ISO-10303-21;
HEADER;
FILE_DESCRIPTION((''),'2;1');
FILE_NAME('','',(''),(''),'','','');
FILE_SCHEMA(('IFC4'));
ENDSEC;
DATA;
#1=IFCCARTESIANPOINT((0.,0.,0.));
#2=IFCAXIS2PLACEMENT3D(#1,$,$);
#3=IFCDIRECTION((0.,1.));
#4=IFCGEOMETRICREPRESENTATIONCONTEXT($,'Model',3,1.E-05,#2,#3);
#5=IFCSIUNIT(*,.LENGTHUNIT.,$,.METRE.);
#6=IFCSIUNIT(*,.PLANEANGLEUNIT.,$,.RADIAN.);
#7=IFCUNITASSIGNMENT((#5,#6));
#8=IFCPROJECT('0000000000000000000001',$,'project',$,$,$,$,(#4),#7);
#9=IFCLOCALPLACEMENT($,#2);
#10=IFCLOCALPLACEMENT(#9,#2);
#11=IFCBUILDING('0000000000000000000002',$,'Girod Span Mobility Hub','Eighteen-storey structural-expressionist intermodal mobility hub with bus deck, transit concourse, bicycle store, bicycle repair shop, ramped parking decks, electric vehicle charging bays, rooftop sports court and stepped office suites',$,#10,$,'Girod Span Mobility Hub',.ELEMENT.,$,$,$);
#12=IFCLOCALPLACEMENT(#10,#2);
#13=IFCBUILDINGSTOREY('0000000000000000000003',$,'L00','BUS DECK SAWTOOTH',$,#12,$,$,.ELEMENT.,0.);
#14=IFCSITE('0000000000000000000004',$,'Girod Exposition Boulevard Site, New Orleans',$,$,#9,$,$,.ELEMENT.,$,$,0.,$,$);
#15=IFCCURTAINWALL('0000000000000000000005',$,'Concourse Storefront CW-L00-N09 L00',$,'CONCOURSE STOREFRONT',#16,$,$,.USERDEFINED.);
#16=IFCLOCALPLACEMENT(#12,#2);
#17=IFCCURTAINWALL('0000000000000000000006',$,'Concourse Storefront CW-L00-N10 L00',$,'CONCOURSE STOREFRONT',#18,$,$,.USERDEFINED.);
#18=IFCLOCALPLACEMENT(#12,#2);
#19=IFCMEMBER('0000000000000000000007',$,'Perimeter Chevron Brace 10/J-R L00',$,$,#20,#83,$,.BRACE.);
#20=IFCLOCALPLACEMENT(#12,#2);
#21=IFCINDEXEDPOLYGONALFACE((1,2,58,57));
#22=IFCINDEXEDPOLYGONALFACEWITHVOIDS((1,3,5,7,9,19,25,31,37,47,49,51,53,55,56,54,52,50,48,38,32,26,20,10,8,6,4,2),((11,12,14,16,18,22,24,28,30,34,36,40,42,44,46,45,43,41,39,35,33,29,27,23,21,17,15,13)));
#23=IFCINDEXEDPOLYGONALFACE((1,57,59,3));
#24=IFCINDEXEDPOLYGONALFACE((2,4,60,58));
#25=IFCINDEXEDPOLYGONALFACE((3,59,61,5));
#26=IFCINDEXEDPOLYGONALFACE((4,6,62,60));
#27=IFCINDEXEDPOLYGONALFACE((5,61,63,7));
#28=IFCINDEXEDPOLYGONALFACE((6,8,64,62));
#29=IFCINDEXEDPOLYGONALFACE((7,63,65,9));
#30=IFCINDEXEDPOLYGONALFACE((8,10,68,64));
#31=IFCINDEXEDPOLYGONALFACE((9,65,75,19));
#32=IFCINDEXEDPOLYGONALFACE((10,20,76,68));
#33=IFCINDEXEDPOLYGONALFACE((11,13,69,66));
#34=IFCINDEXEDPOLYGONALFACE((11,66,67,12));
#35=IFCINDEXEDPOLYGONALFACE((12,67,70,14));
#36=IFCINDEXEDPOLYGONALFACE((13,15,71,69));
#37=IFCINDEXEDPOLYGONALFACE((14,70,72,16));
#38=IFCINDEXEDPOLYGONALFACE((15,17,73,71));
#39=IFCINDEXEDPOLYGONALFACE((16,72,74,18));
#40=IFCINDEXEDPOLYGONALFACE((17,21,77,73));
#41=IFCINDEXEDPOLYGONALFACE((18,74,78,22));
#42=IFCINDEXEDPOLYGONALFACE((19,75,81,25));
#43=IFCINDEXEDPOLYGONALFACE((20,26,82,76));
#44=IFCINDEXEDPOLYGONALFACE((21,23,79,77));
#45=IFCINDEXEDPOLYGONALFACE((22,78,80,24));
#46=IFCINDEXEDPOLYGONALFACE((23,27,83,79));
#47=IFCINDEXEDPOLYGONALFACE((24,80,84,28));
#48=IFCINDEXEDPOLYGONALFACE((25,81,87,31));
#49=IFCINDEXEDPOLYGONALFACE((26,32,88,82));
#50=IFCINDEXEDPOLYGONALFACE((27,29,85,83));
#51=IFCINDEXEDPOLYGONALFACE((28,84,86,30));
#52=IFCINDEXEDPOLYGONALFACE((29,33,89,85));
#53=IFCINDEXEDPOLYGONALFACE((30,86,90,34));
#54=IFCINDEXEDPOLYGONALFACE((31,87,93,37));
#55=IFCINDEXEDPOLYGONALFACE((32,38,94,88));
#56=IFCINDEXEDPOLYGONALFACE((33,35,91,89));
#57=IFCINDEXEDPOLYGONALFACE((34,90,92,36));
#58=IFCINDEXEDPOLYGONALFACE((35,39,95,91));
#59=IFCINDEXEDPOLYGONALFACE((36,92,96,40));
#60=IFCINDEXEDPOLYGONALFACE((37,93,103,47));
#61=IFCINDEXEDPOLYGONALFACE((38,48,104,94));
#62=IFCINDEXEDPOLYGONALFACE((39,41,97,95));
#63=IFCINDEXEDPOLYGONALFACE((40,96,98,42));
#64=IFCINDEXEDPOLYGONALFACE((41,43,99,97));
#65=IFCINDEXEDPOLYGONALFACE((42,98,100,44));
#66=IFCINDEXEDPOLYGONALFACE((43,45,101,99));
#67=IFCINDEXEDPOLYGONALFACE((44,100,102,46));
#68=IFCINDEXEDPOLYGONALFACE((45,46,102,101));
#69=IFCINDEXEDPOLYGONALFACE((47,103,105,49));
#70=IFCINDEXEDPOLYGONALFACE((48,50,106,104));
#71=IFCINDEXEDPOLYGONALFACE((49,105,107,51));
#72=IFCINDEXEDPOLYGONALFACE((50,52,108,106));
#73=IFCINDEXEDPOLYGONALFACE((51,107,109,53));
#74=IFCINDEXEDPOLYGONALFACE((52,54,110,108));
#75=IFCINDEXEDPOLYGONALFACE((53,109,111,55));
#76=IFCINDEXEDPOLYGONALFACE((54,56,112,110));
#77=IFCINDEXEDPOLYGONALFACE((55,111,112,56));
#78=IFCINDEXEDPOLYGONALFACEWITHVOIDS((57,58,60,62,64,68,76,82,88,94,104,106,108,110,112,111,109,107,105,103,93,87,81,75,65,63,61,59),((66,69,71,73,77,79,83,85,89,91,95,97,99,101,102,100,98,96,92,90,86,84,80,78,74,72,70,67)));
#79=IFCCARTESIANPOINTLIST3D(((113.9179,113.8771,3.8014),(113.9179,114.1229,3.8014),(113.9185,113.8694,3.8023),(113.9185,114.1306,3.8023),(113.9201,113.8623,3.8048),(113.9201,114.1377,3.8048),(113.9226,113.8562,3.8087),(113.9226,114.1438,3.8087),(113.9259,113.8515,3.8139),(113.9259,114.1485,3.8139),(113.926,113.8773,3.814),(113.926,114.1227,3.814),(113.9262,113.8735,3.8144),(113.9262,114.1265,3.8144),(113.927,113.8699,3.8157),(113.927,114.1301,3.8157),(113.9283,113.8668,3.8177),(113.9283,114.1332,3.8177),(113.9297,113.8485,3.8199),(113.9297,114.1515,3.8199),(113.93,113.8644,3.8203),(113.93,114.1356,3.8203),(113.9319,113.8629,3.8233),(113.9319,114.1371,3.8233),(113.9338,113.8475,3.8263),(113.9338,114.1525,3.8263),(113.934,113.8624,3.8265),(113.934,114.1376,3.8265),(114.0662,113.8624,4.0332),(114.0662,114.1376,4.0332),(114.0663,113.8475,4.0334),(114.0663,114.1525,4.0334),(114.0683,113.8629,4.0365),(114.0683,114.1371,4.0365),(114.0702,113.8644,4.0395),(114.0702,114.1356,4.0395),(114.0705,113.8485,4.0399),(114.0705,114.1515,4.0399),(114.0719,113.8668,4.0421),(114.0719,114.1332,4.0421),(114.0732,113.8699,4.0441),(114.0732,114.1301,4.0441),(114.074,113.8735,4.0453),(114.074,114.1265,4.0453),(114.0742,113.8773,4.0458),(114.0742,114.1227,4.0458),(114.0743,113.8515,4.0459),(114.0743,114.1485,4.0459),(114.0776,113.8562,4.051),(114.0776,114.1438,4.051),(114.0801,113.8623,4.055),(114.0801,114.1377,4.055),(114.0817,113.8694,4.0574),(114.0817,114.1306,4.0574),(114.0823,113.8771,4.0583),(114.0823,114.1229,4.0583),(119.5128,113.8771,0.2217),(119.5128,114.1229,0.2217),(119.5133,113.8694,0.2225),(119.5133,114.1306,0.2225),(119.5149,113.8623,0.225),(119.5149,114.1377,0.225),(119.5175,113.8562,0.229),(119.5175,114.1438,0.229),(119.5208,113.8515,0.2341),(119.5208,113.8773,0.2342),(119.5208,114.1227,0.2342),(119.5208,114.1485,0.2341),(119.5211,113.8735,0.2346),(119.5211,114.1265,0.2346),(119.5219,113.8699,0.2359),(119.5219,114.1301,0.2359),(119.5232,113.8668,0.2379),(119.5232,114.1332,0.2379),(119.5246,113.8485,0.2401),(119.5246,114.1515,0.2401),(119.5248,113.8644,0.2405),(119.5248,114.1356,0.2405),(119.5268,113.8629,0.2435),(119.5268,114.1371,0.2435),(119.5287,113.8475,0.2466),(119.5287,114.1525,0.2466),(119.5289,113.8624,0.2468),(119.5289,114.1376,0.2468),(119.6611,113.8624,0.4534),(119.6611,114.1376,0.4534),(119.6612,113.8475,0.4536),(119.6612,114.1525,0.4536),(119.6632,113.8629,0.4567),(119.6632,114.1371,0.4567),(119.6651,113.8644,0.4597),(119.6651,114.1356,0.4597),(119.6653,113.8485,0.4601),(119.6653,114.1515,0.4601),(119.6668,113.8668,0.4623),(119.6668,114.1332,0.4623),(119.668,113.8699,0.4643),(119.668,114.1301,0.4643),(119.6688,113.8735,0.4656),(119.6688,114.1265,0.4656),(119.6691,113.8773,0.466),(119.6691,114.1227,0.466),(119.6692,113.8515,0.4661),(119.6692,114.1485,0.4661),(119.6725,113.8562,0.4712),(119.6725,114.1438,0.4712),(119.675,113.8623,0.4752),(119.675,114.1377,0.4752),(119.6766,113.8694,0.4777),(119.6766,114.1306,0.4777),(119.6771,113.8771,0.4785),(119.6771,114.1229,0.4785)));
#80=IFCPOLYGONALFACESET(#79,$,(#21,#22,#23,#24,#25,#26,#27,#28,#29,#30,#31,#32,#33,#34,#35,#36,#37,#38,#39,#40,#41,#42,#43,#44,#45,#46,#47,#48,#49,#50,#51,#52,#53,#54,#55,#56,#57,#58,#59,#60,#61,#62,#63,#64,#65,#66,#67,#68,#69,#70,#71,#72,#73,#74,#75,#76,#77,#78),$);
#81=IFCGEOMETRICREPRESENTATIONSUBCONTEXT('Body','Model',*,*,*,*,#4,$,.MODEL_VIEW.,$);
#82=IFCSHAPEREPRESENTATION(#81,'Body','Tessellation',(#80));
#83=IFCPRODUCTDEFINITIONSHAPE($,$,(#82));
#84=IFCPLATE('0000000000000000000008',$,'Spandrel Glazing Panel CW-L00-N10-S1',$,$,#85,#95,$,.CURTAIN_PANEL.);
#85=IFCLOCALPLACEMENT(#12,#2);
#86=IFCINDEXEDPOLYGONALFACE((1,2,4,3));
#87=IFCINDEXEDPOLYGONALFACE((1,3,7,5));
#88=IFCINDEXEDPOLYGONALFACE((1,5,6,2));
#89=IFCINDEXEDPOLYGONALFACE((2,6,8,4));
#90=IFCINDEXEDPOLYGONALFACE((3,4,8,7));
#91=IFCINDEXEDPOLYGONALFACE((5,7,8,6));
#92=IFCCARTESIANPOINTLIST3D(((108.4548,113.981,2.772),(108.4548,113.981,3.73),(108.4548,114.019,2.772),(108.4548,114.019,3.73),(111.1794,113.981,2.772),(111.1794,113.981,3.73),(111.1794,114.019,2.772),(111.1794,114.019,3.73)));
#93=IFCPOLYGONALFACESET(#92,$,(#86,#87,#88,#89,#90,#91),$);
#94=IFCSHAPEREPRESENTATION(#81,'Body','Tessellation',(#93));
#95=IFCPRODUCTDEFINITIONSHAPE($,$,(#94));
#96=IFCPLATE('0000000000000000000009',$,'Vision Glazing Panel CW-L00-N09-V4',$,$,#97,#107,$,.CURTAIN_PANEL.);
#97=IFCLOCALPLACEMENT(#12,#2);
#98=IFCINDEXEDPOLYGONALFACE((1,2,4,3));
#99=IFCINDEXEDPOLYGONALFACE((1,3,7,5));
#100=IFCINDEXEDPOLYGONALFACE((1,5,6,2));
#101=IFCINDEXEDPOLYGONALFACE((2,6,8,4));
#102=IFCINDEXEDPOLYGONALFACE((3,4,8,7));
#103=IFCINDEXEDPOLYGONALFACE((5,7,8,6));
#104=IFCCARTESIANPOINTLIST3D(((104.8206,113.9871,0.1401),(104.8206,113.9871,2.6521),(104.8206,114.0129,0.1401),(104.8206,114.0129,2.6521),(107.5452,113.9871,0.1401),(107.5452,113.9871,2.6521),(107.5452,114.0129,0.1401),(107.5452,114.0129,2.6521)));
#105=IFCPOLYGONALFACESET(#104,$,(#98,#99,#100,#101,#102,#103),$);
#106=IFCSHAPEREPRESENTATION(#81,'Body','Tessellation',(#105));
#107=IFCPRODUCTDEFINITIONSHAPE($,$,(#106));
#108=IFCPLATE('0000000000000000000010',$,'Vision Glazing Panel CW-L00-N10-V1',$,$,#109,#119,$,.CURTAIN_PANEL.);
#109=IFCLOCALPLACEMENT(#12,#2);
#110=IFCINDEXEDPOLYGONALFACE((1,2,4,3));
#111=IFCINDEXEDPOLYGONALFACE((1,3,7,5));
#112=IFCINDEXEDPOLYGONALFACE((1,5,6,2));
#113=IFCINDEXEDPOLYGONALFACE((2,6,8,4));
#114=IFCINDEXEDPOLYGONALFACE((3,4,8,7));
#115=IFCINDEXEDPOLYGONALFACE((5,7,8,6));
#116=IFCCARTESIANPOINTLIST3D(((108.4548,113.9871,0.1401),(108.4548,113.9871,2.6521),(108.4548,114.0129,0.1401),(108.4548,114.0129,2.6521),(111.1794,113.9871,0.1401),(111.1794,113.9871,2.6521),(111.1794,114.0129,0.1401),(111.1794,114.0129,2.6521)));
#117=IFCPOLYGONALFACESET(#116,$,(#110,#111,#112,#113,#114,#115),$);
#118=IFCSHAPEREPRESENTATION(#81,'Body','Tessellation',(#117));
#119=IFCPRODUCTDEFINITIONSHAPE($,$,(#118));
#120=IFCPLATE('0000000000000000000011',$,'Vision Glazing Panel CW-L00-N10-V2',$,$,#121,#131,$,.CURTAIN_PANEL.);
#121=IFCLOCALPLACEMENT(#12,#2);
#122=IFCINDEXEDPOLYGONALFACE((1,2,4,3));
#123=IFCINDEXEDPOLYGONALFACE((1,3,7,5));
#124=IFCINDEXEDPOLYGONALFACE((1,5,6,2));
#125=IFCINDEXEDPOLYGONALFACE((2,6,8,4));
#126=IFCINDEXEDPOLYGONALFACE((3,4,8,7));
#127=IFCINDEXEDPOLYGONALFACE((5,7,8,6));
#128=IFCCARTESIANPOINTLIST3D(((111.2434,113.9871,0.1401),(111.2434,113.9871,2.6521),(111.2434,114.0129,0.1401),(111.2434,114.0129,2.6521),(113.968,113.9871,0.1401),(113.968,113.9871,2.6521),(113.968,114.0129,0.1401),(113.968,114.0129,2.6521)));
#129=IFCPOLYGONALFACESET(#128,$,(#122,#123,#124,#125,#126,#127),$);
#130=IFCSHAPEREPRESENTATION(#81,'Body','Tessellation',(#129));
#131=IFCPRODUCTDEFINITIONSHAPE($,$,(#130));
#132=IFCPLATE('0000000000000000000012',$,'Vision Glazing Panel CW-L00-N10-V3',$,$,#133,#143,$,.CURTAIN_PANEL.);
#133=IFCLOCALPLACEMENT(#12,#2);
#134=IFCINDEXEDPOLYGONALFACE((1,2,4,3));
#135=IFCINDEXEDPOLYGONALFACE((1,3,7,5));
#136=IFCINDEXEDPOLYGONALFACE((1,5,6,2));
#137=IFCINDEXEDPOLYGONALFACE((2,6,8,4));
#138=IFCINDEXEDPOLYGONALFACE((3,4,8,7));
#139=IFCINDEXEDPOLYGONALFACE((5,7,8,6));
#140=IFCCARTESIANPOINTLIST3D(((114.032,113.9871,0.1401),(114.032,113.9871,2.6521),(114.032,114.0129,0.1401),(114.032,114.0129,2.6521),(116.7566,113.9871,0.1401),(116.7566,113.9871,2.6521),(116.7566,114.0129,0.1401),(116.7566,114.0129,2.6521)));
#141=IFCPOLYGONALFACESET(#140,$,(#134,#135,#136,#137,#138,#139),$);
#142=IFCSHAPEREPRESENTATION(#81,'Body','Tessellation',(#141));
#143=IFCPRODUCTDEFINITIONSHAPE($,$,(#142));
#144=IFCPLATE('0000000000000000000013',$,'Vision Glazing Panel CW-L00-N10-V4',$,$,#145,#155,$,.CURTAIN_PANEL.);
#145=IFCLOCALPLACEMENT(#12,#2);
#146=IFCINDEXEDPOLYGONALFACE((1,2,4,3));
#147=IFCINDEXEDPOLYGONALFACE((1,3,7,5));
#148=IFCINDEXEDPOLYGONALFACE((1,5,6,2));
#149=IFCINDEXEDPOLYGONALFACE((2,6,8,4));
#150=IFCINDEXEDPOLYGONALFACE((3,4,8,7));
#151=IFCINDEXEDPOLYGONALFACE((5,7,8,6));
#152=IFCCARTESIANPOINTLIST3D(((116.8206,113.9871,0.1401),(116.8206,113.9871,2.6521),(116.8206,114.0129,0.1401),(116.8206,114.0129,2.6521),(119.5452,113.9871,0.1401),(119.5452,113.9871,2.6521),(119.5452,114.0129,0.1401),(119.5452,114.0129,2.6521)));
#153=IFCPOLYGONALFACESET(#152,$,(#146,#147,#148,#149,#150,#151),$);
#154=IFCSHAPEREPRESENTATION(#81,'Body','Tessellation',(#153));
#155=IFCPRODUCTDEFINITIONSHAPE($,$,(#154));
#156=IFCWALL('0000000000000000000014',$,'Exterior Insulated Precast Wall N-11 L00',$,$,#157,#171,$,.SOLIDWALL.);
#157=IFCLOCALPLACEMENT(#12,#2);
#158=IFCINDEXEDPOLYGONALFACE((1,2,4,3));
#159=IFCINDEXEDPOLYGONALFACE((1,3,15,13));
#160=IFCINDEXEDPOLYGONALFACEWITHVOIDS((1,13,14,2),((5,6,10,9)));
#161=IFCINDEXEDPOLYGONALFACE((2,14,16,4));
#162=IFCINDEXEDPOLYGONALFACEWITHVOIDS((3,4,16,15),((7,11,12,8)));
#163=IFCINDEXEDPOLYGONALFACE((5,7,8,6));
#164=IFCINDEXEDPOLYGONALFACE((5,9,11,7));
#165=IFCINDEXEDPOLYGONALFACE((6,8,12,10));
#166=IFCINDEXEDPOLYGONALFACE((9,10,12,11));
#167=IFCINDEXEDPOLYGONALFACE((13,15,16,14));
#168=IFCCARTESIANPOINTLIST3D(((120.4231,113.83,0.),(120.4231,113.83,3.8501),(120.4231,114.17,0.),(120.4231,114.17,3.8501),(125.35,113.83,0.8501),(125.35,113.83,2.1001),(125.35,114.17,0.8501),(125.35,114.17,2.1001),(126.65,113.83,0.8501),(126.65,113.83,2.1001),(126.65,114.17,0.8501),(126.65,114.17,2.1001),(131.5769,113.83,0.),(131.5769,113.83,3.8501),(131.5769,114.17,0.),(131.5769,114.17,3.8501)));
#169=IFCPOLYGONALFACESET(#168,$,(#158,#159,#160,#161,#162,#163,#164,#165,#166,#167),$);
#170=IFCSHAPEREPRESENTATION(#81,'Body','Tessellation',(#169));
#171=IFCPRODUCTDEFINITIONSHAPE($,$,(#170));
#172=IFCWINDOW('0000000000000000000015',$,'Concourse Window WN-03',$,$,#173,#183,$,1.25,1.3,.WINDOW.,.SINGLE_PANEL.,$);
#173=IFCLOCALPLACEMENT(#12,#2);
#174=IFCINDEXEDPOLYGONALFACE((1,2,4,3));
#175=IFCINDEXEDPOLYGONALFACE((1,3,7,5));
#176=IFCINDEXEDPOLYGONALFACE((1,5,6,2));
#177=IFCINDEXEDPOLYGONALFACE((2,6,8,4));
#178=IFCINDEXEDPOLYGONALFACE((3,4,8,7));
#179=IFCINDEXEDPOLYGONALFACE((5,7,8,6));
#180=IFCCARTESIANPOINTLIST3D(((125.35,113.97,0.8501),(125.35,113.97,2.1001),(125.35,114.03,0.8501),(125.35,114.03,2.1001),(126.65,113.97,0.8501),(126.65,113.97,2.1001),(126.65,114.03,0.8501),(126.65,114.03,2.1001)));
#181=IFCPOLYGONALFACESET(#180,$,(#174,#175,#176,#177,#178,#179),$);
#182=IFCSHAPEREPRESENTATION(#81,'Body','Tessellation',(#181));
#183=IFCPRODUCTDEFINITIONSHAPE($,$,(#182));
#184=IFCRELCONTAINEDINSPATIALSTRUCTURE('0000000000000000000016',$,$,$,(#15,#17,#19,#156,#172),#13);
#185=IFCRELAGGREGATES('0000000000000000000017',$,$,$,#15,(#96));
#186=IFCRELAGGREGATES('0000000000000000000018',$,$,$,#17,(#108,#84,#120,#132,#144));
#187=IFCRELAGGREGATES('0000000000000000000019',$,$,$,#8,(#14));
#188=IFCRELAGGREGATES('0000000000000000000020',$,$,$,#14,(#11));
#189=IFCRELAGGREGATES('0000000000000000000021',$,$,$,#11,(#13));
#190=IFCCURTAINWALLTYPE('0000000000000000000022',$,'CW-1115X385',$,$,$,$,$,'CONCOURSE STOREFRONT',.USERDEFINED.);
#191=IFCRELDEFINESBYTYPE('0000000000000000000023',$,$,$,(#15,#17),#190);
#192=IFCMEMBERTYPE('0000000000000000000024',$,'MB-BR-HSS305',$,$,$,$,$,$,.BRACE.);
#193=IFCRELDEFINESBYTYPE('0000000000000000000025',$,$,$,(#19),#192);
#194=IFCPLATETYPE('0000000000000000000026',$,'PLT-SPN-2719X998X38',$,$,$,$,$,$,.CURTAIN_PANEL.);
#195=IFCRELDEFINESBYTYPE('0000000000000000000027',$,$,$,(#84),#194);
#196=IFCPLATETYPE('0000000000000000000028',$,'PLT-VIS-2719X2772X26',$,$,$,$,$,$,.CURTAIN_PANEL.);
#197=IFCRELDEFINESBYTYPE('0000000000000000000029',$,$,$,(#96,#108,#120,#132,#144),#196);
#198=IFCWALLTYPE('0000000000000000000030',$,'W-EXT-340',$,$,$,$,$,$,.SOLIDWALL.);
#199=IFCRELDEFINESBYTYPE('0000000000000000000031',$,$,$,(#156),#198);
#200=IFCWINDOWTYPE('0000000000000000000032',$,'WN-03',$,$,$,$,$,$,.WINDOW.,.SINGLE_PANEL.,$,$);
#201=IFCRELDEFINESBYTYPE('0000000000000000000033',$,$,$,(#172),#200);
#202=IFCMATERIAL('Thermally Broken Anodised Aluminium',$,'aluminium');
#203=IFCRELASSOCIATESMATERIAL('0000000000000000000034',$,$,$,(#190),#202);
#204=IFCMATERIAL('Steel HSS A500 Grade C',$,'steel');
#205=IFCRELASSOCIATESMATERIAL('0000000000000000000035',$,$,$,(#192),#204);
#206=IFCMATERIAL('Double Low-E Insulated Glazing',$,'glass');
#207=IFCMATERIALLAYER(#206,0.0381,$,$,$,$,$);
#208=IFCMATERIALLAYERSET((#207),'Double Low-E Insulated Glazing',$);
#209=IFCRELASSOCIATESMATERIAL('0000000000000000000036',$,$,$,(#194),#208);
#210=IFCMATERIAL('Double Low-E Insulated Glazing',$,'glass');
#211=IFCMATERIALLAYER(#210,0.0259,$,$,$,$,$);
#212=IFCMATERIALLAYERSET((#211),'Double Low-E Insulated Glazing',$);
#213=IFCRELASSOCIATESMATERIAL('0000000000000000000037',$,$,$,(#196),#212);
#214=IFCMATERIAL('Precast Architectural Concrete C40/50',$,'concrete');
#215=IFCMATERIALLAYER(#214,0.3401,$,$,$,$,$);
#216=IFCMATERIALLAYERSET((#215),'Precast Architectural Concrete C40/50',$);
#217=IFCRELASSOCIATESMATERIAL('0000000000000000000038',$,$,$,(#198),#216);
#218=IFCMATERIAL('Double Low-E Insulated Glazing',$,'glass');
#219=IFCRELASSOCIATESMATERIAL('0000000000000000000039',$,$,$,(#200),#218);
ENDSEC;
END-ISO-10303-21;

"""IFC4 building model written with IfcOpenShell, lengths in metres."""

from ifc_helpers import new_model, si_unit, direction, frame, frame_2d, origin, origin_2d, place, context, subcontext, project, spatial, rectangle, hollow_rectangle, extrude, material, layer, layer_set, material_profile, profile_set, type_object, element, fill, aggregate, save


model = new_model("IFC4")

# Units and contexts
model_context = context("Model", 3, precision=1e-05, world=origin(), true_north=direction((0.0, 1.0)))
body_context = subcontext(model_context, "Body", "Model", "MODEL_VIEW")
ifc_project = project(units=[si_unit("LENGTHUNIT", "METRE"), si_unit("PLANEANGLEUNIT", "RADIAN")], contexts=[model_context])

# Site, building, storey
site_placement = place(None, origin())
site = spatial("IfcSite", under=ifc_project, at=site_placement, Name="Girod Exposition Boulevard Site, New Orleans", CompositionType="ELEMENT", RefElevation=0.0)
building_placement = place(site_placement, origin())
building = spatial("IfcBuilding", under=site, at=building_placement, Name="Girod Span Mobility Hub", Description="Eighteen-storey structural-expressionist intermodal mobility hub with bus deck, transit concourse, bicycle store, bicycle repair shop, ramped parking decks, electric vehicle charging bays, rooftop sports court and stepped office suites", LongName="Girod Span Mobility Hub", CompositionType="ELEMENT")
storey_placement = place(building_placement, origin())
storey = spatial("IfcBuildingStorey", under=building, at=storey_placement, Name="L00", Description="BUS DECK SAWTOOTH", CompositionType="ELEMENT", Elevation=0.0)

# Curtain wall
ifc_material_1 = material(Name="Thermally Broken Anodised Aluminium", Category="aluminium")
curtain_wall_type = type_object("IfcCurtainWallType", Name="CW-1115X385", ElementType="CONCOURSE STOREFRONT", PredefinedType="USERDEFINED", material=ifc_material_1)
curtain_wall_1_placement = place(storey_placement, origin())
curtain_wall_1 = element("IfcCurtainWall", 1, at=curtain_wall_1_placement, inside=storey, type_object=curtain_wall_type, Name="Concourse Storefront CW-L00-N09 L00", ObjectType="CONCOURSE STOREFRONT", PredefinedType="USERDEFINED")

# Curtain wall
curtain_wall_2_placement = place(storey_placement, origin())
curtain_wall_2 = element("IfcCurtainWall", 2, at=curtain_wall_2_placement, inside=storey, type_object=curtain_wall_type, Name="Concourse Storefront CW-L00-N10 L00", ObjectType="CONCOURSE STOREFRONT", PredefinedType="USERDEFINED")

# Member
ifc_material_2 = material(Name="Steel HSS A500 Grade C", Category="steel")
ifc_material_profile_1 = material_profile(ifc_material_2, hollow_rectangle(XDim=0.3049, YDim=0.3049, WallThickness=0.0149, InnerFilletRadius=0.0149, OuterFilletRadius=0.0295, at=origin_2d()), Name="HSS305X305X16")
ifc_profile_set_1 = profile_set([ifc_material_profile_1], Name="Steel HSS A500 Grade C")
member_type_1 = type_object("IfcMemberType", Name="MB-BR-HSS305", PredefinedType="BRACE", material=ifc_profile_set_1)
for number, where, z_axis, x_axis, name in (
    (3, (119.595, 114.0, 0.3501), (-0.842336, 0.0, 0.538953), (0.0, -1.0, 0.0), "Perimeter Chevron Brace 10/J-R L00"),
):
    element("IfcMember", number, at=place(storey_placement, frame(where, z_axis=z_axis, x_axis=x_axis)), inside=storey, type_object=member_type_1, Name=name, PredefinedType="BRACE", context=body_context, shape_type="SweptSolid", body=[
        extrude(hollow_rectangle(XDim=0.3049, YDim=0.3049, WallThickness=0.0149, InnerFilletRadius=0.0149, OuterFilletRadius=0.0295, at=origin_2d()), origin(), (0.0, 0.0, 1.0), 6.6421),
    ])

# Plates
ifc_material_3 = material(Name="Double Low-E Insulated Glazing", Category="glass")
ifc_layer_1 = layer(ifc_material_3, 0.0381)
ifc_layer_set_1 = layer_set([ifc_layer_1], Name="Double Low-E Insulated Glazing")
plate_type_1 = type_object("IfcPlateType", Name="PLT-SPN-2719X998X38", PredefinedType="CURTAIN_PANEL", material=ifc_layer_set_1)
plate_1_placement = place(storey_placement, frame((109.8171, 114.0, 2.772), z_axis=(0.0, 0.0, 1.0), x_axis=(1.0, 0.0, 0.0)))
plate_1 = element("IfcPlate", 4, at=plate_1_placement, type_object=plate_type_1, Name="Spandrel Glazing Panel CW-L00-N10-S1", PredefinedType="CURTAIN_PANEL", context=body_context, shape_type="SweptSolid", body=[
    extrude(rectangle(XDim=2.7246, YDim=0.0381, at=origin_2d()), origin(), (0.0, 0.0, 1.0), 0.958),
])
ifc_material_4 = material(Name="Double Low-E Insulated Glazing", Category="glass")
ifc_layer_2 = layer(ifc_material_4, 0.0259)
ifc_layer_set_2 = layer_set([ifc_layer_2], Name="Double Low-E Insulated Glazing")
plate_type_2 = type_object("IfcPlateType", Name="PLT-VIS-2719X2772X26", PredefinedType="CURTAIN_PANEL", material=ifc_layer_set_2)
plate_2_placement = place(storey_placement, frame((106.1829, 114.0, 0.1401), z_axis=(0.0, 0.0, 1.0), x_axis=(1.0, 0.0, 0.0)))
plate_2 = element("IfcPlate", 5, at=plate_2_placement, type_object=plate_type_2, Name="Vision Glazing Panel CW-L00-N09-V4", PredefinedType="CURTAIN_PANEL", context=body_context, shape_type="SweptSolid", body=[
    extrude(rectangle(XDim=2.7246, YDim=0.0259, at=origin_2d()), origin(), (0.0, 0.0, 1.0), 2.512),
])
aggregate(curtain_wall_1, [plate_2])
plate_3_placement = place(storey_placement, frame((109.8171, 114.0, 0.1401), z_axis=(0.0, 0.0, 1.0), x_axis=(1.0, 0.0, 0.0)))
plate_3 = element("IfcPlate", 6, at=plate_3_placement, type_object=plate_type_2, Name="Vision Glazing Panel CW-L00-N10-V1", PredefinedType="CURTAIN_PANEL", context=body_context, shape_type="SweptSolid", body=[
    extrude(rectangle(XDim=2.7246, YDim=0.0259, at=origin_2d()), origin(), (0.0, 0.0, 1.0), 2.512),
])
plate_4_placement = place(storey_placement, frame((112.6057, 114.0, 0.1401), z_axis=(0.0, 0.0, 1.0), x_axis=(1.0, 0.0, 0.0)))
plate_4 = element("IfcPlate", 7, at=plate_4_placement, type_object=plate_type_2, Name="Vision Glazing Panel CW-L00-N10-V2", PredefinedType="CURTAIN_PANEL", context=body_context, shape_type="SweptSolid", body=[
    extrude(rectangle(XDim=2.7246, YDim=0.0259, at=origin_2d()), origin(), (0.0, 0.0, 1.0), 2.512),
])
plate_5_placement = place(storey_placement, frame((115.3943, 114.0, 0.1401), z_axis=(0.0, 0.0, 1.0), x_axis=(1.0, 0.0, 0.0)))
plate_5 = element("IfcPlate", 8, at=plate_5_placement, type_object=plate_type_2, Name="Vision Glazing Panel CW-L00-N10-V3", PredefinedType="CURTAIN_PANEL", context=body_context, shape_type="SweptSolid", body=[
    extrude(rectangle(XDim=2.7246, YDim=0.0259, at=origin_2d()), origin(), (0.0, 0.0, 1.0), 2.512),
])
plate_6_placement = place(storey_placement, frame((118.1829, 114.0, 0.1401), z_axis=(0.0, 0.0, 1.0), x_axis=(1.0, 0.0, 0.0)))
plate_6 = element("IfcPlate", 9, at=plate_6_placement, type_object=plate_type_2, Name="Vision Glazing Panel CW-L00-N10-V4", PredefinedType="CURTAIN_PANEL", context=body_context, shape_type="SweptSolid", body=[
    extrude(rectangle(XDim=2.7246, YDim=0.0259, at=origin_2d()), origin(), (0.0, 0.0, 1.0), 2.512),
])
aggregate(curtain_wall_2, [plate_3, plate_1, plate_4, plate_5, plate_6])

# Wall, opening, window
ifc_material_5 = material(Name="Precast Architectural Concrete C40/50", Category="concrete")
ifc_layer_3 = layer(ifc_material_5, 0.3401)
ifc_layer_set_3 = layer_set([ifc_layer_3], Name="Precast Architectural Concrete C40/50")
wall_type = type_object("IfcWallType", Name="W-EXT-340", PredefinedType="SOLIDWALL", material=ifc_layer_set_3)
wall_placement = place(storey_placement, frame((120.4231, 114.0, 0.0), z_axis=(0.0, 0.0, 1.0), x_axis=(1.0, 0.0, 0.0)))
wall = element("IfcWall", 10, at=wall_placement, inside=storey, type_object=wall_type, Name="Exterior Insulated Precast Wall N-11 L00", PredefinedType="SOLIDWALL", context=body_context, shape_type="SweptSolid", body=[
    extrude(rectangle(XDim=11.1538, YDim=0.3401, at=frame_2d((5.5769, 0.0))), origin(), (0.0, 0.0, 1.0), 3.8501),
])
opening_placement = place(wall_placement, frame((4.927, 0.0, 0.8501)))
opening = element("IfcOpeningElement", 11, at=opening_placement, cuts=wall, PredefinedType="OPENING", context=body_context, shape_type="SweptSolid", body=[
    extrude(rectangle(XDim=1.3, YDim=1.25, at=frame_2d((0.6499, 0.625))), frame((0.0, 0.1851, 0.0), z_axis=(0.0, -1.0, 0.0), x_axis=(1.0, 0.0, 0.0)), (0.0, 0.0, 1.0), 0.3701),
])
ifc_material_6 = material(Name="Double Low-E Insulated Glazing", Category="glass")
window_type = type_object("IfcWindowType", Name="WN-03", PartitioningType="SINGLE_PANEL", PredefinedType="WINDOW", material=ifc_material_6)
window_placement = place(opening_placement, origin())
window = element("IfcWindow", 12, at=window_placement, inside=storey, type_object=window_type, Name="Concourse Window WN-03", OverallHeight=1.25, OverallWidth=1.3, PartitioningType="SINGLE_PANEL", PredefinedType="WINDOW", context=body_context, shape_type="SweptSolid", body=[
    extrude(rectangle(XDim=1.3, YDim=1.25, at=frame_2d((0.6499, 0.625))), frame((0.0, 0.03, 0.0), z_axis=(0.0, -1.0, 0.0), x_axis=(1.0, 0.0, 0.0)), (0.0, 0.0, 1.0), 0.0601),
])
fill(opening, window)

save(model, "model.ifc")
